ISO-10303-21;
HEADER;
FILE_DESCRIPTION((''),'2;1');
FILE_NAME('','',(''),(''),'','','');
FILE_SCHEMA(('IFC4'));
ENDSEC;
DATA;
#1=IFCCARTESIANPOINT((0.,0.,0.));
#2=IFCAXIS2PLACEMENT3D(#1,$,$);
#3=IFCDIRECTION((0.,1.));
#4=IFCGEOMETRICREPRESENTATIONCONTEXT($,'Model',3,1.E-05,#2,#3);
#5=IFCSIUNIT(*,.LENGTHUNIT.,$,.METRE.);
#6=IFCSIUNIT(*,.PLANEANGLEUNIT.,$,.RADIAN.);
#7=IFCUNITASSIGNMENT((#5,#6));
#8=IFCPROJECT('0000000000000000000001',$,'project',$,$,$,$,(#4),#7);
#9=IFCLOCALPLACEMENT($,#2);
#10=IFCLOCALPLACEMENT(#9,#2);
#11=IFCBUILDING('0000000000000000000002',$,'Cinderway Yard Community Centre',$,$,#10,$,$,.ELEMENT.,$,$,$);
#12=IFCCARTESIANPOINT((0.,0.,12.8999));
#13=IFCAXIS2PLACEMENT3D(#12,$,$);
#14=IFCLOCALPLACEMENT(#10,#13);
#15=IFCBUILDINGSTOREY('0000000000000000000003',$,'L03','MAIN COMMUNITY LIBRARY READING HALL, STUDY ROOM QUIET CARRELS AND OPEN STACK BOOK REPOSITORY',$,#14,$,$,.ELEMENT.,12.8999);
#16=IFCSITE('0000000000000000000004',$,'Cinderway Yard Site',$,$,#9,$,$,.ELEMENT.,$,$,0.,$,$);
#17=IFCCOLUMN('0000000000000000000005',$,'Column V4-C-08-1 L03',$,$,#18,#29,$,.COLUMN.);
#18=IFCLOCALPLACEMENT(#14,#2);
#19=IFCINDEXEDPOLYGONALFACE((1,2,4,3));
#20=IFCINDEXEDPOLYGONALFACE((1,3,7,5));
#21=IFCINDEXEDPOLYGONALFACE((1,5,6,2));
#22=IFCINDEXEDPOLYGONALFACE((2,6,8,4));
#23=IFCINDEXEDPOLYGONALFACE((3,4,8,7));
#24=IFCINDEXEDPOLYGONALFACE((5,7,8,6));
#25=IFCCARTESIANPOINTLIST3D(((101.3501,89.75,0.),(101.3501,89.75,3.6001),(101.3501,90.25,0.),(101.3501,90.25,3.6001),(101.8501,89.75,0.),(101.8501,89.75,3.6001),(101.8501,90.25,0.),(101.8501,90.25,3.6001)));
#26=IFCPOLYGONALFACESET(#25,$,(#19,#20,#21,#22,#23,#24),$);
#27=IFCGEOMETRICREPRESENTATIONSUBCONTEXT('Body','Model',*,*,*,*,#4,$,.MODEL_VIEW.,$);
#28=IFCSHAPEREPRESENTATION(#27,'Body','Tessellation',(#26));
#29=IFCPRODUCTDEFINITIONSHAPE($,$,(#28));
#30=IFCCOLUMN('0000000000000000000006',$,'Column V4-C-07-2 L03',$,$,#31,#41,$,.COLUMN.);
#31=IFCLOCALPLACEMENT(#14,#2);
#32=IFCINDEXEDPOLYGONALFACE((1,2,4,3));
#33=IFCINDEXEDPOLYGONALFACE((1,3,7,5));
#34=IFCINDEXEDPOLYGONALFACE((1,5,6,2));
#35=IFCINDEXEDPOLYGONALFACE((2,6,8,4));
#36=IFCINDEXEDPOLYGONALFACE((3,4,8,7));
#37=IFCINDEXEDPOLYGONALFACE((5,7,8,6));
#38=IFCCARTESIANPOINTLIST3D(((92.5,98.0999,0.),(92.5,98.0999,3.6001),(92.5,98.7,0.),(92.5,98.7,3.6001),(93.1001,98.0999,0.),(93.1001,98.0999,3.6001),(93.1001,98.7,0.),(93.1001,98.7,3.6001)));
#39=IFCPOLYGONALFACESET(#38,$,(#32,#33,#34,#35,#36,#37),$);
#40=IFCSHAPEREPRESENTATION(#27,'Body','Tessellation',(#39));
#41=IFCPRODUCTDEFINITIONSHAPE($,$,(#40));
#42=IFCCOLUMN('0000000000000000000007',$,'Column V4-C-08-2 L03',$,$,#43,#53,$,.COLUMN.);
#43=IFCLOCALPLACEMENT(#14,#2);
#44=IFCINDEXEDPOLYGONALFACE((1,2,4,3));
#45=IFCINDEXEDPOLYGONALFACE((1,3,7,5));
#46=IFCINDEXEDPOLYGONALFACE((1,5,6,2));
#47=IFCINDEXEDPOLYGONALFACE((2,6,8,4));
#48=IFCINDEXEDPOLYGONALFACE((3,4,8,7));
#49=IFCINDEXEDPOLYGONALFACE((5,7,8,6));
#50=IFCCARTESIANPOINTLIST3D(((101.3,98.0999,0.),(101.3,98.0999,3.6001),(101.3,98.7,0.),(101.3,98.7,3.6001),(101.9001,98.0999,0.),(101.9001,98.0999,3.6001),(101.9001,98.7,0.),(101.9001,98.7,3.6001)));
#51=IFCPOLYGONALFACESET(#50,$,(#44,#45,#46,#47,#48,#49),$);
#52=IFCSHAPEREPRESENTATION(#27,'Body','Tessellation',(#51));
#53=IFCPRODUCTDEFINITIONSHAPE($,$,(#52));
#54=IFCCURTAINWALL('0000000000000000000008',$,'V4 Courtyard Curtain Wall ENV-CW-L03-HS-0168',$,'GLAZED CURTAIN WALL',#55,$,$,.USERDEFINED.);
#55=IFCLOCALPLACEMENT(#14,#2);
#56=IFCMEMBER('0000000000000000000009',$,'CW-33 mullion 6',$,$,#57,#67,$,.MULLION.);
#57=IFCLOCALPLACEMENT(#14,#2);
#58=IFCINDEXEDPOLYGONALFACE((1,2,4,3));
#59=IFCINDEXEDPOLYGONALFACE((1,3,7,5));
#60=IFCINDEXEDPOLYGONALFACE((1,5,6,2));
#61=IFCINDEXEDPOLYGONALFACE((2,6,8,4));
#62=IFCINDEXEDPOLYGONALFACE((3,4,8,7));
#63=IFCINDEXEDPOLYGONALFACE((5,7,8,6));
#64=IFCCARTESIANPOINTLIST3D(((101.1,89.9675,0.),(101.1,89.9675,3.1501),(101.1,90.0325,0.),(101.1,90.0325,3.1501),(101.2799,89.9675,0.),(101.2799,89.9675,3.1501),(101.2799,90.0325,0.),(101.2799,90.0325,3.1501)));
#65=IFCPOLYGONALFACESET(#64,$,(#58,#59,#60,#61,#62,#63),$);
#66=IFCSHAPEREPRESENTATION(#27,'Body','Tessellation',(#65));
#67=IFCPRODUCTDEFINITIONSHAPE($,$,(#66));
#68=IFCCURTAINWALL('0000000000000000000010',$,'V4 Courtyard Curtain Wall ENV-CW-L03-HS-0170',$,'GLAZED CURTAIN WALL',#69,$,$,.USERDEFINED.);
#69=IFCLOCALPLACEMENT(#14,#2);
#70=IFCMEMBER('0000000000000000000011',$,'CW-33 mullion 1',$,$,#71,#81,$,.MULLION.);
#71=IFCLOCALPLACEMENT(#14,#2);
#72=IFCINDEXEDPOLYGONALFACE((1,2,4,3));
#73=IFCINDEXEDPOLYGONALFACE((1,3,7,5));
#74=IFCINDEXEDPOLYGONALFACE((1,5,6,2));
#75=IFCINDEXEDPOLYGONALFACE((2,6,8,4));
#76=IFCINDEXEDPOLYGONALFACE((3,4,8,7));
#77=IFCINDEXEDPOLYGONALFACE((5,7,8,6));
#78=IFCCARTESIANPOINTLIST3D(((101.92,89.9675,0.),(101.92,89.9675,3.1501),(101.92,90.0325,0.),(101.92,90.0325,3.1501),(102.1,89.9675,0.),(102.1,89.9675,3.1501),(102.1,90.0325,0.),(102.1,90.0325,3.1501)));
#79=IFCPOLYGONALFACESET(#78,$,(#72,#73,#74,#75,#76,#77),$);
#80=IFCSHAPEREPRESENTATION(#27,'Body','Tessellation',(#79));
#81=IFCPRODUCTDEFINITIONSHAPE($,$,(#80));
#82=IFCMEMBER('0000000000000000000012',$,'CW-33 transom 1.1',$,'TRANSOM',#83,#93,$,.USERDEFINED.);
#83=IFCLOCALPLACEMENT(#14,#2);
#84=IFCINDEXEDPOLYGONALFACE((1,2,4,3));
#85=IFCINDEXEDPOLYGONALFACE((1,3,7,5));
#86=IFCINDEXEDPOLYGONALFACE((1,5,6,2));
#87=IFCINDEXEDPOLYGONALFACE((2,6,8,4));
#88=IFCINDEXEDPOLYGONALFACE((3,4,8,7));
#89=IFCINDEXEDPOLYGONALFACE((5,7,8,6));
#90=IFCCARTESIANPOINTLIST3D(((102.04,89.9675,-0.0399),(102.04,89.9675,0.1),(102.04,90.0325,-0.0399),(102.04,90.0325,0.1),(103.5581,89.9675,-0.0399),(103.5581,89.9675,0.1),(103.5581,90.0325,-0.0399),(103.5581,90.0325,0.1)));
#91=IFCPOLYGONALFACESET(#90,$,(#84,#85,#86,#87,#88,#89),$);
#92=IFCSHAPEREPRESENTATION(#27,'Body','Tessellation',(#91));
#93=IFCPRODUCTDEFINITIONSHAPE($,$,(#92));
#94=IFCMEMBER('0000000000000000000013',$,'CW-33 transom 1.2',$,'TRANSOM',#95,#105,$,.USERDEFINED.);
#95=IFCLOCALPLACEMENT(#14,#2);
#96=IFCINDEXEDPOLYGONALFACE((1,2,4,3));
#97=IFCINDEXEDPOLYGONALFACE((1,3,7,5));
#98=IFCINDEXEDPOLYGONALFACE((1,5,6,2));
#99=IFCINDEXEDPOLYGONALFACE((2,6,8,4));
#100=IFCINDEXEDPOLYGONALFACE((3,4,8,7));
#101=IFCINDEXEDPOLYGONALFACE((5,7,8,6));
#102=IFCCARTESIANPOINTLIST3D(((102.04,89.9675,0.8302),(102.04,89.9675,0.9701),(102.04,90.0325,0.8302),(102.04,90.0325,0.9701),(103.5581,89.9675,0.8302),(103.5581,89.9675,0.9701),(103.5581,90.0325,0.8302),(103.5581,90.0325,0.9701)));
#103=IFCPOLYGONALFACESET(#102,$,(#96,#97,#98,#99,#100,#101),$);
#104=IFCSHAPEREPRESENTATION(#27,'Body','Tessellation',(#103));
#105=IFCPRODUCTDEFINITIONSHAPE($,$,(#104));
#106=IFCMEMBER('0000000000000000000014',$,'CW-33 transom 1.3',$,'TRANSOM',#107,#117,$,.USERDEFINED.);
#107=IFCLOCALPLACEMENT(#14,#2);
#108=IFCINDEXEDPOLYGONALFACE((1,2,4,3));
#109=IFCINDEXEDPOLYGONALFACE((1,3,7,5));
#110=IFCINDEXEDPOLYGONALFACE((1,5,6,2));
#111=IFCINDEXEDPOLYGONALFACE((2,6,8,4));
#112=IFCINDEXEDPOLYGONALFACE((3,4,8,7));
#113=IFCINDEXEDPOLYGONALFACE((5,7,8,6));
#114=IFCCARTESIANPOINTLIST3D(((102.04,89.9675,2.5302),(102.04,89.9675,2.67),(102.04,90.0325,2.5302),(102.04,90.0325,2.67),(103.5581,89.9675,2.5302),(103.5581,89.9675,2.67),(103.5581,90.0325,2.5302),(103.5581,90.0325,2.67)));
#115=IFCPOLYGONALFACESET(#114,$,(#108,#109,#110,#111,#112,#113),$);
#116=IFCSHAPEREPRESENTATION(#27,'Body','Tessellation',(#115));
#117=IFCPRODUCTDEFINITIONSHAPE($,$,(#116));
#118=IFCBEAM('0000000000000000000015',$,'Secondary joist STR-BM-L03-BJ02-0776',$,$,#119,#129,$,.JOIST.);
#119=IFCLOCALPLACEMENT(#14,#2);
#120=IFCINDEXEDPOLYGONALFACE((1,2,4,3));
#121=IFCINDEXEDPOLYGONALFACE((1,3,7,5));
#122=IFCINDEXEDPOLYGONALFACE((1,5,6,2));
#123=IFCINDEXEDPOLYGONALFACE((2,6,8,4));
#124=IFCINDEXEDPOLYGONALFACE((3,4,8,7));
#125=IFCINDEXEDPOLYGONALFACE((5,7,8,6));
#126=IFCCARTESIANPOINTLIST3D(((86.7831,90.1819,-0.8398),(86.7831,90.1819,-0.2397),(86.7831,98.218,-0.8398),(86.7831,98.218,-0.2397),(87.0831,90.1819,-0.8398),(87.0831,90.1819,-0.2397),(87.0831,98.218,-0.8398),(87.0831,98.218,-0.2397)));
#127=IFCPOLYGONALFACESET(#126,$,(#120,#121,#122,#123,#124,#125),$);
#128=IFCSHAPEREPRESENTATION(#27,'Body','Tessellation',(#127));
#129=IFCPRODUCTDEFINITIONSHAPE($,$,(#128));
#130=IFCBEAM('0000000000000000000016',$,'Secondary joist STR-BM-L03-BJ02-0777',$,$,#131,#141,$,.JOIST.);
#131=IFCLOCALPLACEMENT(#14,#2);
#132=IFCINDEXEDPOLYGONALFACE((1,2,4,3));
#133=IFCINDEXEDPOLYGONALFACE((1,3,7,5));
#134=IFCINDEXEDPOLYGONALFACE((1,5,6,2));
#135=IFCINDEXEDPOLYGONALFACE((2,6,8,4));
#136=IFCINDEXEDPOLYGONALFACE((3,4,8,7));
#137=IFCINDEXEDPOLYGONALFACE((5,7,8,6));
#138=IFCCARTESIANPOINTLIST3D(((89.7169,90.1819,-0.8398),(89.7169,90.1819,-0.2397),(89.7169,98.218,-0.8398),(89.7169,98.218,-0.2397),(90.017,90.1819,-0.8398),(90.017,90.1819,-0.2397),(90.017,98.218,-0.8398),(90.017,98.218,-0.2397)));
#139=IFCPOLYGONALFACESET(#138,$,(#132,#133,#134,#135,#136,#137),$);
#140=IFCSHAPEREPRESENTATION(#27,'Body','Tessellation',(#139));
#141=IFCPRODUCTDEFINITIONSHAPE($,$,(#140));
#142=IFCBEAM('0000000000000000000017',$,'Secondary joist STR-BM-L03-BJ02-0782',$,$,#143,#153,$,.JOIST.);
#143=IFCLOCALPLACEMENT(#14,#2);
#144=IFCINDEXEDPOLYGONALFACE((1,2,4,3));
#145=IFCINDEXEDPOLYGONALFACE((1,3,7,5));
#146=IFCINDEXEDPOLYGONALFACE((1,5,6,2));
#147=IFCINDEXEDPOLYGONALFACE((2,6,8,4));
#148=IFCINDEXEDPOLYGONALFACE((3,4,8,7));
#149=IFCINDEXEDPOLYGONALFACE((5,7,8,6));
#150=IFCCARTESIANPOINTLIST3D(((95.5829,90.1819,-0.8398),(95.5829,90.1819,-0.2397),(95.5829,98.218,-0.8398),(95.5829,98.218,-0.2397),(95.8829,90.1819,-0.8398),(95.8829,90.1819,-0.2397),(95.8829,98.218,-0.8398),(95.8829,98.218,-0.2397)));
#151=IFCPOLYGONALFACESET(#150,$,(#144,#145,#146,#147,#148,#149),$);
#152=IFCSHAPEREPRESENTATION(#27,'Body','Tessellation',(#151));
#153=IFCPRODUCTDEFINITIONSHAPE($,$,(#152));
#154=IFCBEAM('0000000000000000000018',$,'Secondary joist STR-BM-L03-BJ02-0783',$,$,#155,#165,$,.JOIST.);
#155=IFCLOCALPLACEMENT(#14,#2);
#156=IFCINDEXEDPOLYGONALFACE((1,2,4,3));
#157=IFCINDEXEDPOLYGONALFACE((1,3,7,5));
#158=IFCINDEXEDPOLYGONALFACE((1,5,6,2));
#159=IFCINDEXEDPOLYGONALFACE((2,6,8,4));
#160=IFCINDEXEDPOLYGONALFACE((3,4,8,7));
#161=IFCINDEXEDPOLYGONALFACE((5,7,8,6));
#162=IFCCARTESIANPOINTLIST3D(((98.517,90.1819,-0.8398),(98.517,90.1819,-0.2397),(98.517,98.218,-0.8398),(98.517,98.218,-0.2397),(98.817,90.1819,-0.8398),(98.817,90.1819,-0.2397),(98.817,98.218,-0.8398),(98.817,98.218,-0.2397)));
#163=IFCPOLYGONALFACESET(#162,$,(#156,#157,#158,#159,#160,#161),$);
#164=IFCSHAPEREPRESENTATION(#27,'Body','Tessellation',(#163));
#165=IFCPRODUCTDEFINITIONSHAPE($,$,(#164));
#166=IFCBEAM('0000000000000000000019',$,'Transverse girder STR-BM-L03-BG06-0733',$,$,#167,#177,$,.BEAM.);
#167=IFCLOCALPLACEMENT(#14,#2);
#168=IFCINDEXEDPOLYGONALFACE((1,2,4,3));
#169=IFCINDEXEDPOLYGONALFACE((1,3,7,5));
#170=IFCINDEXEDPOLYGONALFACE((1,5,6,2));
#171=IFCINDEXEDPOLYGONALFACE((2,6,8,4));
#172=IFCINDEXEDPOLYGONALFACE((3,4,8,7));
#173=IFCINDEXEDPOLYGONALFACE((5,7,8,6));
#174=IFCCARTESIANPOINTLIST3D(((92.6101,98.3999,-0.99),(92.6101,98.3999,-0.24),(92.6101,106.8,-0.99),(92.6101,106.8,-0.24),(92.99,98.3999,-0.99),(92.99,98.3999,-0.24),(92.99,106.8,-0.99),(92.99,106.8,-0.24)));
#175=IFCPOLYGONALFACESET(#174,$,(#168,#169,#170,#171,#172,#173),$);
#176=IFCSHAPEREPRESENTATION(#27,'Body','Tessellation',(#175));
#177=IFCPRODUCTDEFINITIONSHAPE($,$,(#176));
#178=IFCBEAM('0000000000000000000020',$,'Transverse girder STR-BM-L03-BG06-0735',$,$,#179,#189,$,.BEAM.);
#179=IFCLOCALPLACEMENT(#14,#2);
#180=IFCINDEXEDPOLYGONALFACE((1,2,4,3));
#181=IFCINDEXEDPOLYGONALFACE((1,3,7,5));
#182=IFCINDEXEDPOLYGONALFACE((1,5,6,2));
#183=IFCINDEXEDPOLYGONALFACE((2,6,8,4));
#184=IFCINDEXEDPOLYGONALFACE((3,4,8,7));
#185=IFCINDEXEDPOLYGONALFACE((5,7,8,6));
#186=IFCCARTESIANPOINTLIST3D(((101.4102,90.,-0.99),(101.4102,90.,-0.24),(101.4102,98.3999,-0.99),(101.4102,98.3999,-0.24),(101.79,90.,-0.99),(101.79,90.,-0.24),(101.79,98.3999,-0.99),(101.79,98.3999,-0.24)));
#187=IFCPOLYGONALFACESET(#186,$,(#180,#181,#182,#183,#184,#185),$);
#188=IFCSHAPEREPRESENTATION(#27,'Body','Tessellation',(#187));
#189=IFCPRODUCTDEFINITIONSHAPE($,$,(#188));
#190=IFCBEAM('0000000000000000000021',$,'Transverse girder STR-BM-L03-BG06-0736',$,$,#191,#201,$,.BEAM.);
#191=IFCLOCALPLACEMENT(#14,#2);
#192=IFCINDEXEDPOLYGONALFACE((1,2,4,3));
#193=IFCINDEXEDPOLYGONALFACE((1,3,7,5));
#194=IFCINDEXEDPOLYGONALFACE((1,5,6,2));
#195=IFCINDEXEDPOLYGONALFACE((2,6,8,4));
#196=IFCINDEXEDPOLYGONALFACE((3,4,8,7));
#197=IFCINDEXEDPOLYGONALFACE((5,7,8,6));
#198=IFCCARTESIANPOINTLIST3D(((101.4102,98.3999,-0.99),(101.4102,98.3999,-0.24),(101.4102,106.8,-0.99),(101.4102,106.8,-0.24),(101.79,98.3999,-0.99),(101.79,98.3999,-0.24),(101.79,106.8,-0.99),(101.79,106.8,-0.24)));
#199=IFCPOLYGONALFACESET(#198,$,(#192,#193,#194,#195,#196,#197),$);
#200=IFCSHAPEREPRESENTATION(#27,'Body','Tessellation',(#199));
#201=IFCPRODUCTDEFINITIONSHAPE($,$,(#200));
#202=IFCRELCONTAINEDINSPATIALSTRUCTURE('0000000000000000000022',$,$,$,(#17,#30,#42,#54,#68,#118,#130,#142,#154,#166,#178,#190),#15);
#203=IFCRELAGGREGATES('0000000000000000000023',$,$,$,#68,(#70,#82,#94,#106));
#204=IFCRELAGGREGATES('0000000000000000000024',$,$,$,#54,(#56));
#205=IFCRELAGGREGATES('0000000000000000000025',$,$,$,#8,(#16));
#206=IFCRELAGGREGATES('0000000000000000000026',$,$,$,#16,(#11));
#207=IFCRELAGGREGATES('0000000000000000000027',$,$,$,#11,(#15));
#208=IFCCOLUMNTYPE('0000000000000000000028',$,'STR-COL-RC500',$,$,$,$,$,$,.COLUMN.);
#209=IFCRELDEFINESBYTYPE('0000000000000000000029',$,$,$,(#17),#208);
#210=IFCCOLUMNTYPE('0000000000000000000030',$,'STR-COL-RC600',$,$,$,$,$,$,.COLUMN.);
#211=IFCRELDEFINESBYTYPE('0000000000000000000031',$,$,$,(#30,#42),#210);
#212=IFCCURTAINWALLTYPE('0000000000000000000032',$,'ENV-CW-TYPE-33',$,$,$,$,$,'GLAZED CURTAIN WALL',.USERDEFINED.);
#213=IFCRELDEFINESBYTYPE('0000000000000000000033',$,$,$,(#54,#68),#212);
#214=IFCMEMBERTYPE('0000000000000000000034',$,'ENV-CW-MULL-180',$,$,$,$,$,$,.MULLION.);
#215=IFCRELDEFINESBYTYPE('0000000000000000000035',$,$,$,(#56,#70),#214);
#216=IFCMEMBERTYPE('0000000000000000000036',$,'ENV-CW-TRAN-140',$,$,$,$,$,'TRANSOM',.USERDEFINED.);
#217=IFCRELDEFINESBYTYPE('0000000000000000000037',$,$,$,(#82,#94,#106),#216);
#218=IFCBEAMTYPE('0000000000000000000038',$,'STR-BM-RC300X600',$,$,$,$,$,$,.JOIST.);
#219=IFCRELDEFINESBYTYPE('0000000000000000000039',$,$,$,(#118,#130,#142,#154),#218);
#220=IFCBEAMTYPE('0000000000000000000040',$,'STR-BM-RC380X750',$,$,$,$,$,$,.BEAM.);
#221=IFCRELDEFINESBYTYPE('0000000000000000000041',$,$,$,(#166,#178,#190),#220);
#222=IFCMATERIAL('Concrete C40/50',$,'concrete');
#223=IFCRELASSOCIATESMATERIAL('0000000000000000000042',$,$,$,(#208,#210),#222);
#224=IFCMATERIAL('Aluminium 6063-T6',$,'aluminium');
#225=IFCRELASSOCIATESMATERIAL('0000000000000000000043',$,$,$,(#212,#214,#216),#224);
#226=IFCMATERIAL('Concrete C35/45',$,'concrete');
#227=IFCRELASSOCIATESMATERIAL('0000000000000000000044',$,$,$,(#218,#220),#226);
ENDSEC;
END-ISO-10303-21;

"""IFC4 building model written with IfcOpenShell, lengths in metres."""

from ifc_helpers import new_model, si_unit, direction, frame, origin, origin_2d, place, context, subcontext, project, spatial, rectangle, extrude, material, material_profile, profile_set, type_object, element, aggregate, save


model = new_model("IFC4")

# Units and contexts
model_context = context("Model", 3, precision=1e-05, world=origin(), true_north=direction((0.0, 1.0)))
body_context = subcontext(model_context, "Body", "Model", "MODEL_VIEW")
ifc_project = project(units=[si_unit("LENGTHUNIT", "METRE"), si_unit("PLANEANGLEUNIT", "RADIAN")], contexts=[model_context])

# Site, building, storey
site_placement = place(None, origin())
site = spatial("IfcSite", under=ifc_project, at=site_placement, Name="Cinderway Yard Site", CompositionType="ELEMENT", RefElevation=0.0)
building_placement = place(site_placement, origin())
building = spatial("IfcBuilding", under=site, at=building_placement, Name="Cinderway Yard Community Centre", CompositionType="ELEMENT")
storey_placement = place(building_placement, frame((0.0, 0.0, 12.8999)))
storey = spatial("IfcBuildingStorey", under=building, at=storey_placement, Name="L03", Description="MAIN COMMUNITY LIBRARY READING HALL, STUDY ROOM QUIET CARRELS AND OPEN STACK BOOK REPOSITORY", CompositionType="ELEMENT", Elevation=12.8999)

# Columns
ifc_material_1 = material(Name="Concrete C40/50", Category="concrete")
ifc_material_profile_1 = material_profile(ifc_material_1, rectangle(XDim=0.5, YDim=0.5, at=origin_2d()), Name="Concrete C40/50")
ifc_profile_set_1 = profile_set([ifc_material_profile_1], Name="Concrete C40/50")
column_type_1 = type_object("IfcColumnType", Name="STR-COL-RC500", PredefinedType="COLUMN", material=ifc_profile_set_1)
column_placement = place(storey_placement, frame((101.6001, 90.0, 0.0), z_axis=(0.0, 0.0, 1.0), x_axis=(1.0, 0.0, 0.0)))
element("IfcColumn", 1, at=column_placement, inside=storey, type_object=column_type_1, Name="Column V4-C-08-1 L03", PredefinedType="COLUMN", context=body_context, shape_type="SweptSolid", body=[
    extrude(rectangle(XDim=0.5, YDim=0.5, at=origin_2d()), origin(), (0.0, 0.0, 1.0), 3.6001),
])
ifc_material_profile_2 = material_profile(ifc_material_1, rectangle(XDim=0.6001, YDim=0.6001, at=origin_2d()), Name="Concrete C40/50")
ifc_profile_set_2 = profile_set([ifc_material_profile_2], Name="Concrete C40/50")
column_type_2 = type_object("IfcColumnType", Name="STR-COL-RC600", PredefinedType="COLUMN", material=ifc_profile_set_2)
for number, where, z_axis, x_axis, name in (
    (2, (92.8, 98.3999, 0.0), (0.0, 0.0, 1.0), (1.0, 0.0, 0.0), "Column V4-C-07-2 L03"),
    (3, (101.6001, 98.3999, 0.0), (0.0, 0.0, 1.0), (1.0, 0.0, 0.0), "Column V4-C-08-2 L03"),
):
    element("IfcColumn", number, at=place(storey_placement, frame(where, z_axis=z_axis, x_axis=x_axis)), inside=storey, type_object=column_type_2, Name=name, PredefinedType="COLUMN", context=body_context, shape_type="SweptSolid", body=[
        extrude(rectangle(XDim=0.6001, YDim=0.6001, at=origin_2d()), origin(), (0.0, 0.0, 1.0), 3.6001),
    ])

# Curtain wall, member
ifc_material_2 = material(Name="Aluminium 6063-T6", Category="aluminium")
curtain_wall_type = type_object("IfcCurtainWallType", Name="ENV-CW-TYPE-33", ElementType="GLAZED CURTAIN WALL", PredefinedType="USERDEFINED", material=ifc_material_2)
curtain_wall_1_placement = place(storey_placement, origin())
curtain_wall_1 = element("IfcCurtainWall", 4, at=curtain_wall_1_placement, inside=storey, type_object=curtain_wall_type, Name="V4 Courtyard Curtain Wall ENV-CW-L03-HS-0168", ObjectType="GLAZED CURTAIN WALL", PredefinedType="USERDEFINED")
ifc_material_profile_3 = material_profile(ifc_material_2, rectangle(XDim=0.0649, YDim=0.1799, at=origin_2d()), Name="Aluminium 6063-T6")
ifc_profile_set_3 = profile_set([ifc_material_profile_3], Name="Aluminium 6063-T6")
member_type_1 = type_object("IfcMemberType", Name="ENV-CW-MULL-180", PredefinedType="MULLION", material=ifc_profile_set_3)
member_1_placement = place(storey_placement, frame((101.1899, 90.0, 0.0), z_axis=(0.0, 0.0, 1.0), x_axis=(0.0, 1.0, 0.0)))
member_1 = element("IfcMember", 5, at=member_1_placement, type_object=member_type_1, Name="CW-33 mullion 6", PredefinedType="MULLION", context=body_context, shape_type="SweptSolid", body=[
    extrude(rectangle(XDim=0.0649, YDim=0.1799, at=origin_2d()), origin(), (0.0, 0.0, 1.0), 3.1501),
])

# Curtain wall, members
curtain_wall_2_placement = place(storey_placement, origin())
curtain_wall_2 = element("IfcCurtainWall", 6, at=curtain_wall_2_placement, inside=storey, type_object=curtain_wall_type, Name="V4 Courtyard Curtain Wall ENV-CW-L03-HS-0170", ObjectType="GLAZED CURTAIN WALL", PredefinedType="USERDEFINED")
member_2_placement = place(storey_placement, frame((102.01, 90.0, 0.0), z_axis=(0.0, 0.0, 1.0), x_axis=(0.0, 1.0, 0.0)))
member_2 = element("IfcMember", 7, at=member_2_placement, type_object=member_type_1, Name="CW-33 mullion 1", PredefinedType="MULLION", context=body_context, shape_type="SweptSolid", body=[
    extrude(rectangle(XDim=0.0649, YDim=0.1799, at=origin_2d()), origin(), (0.0, 0.0, 1.0), 3.1501),
])
ifc_material_profile_4 = material_profile(ifc_material_2, rectangle(XDim=0.0649, YDim=0.1399, at=origin_2d()), Name="Aluminium 6063-T6")
ifc_profile_set_4 = profile_set([ifc_material_profile_4], Name="Aluminium 6063-T6")
member_type_2 = type_object("IfcMemberType", Name="ENV-CW-TRAN-140", ElementType="TRANSOM", PredefinedType="USERDEFINED", material=ifc_profile_set_4)
member_3_placement = place(storey_placement, frame((102.04, 90.0, 0.03), z_axis=(1.0, 0.0, 0.0), x_axis=(0.0, 1.0, 0.0)))
member_3 = element("IfcMember", 8, at=member_3_placement, type_object=member_type_2, Name="CW-33 transom 1.1", ObjectType="TRANSOM", PredefinedType="USERDEFINED", context=body_context, shape_type="SweptSolid", body=[
    extrude(rectangle(XDim=0.0649, YDim=0.1399, at=origin_2d()), origin(), (0.0, 0.0, 1.0), 1.5181),
])
member_4_placement = place(storey_placement, frame((102.04, 90.0, 0.9001), z_axis=(1.0, 0.0, 0.0), x_axis=(0.0, 1.0, 0.0)))
member_4 = element("IfcMember", 9, at=member_4_placement, type_object=member_type_2, Name="CW-33 transom 1.2", ObjectType="TRANSOM", PredefinedType="USERDEFINED", context=body_context, shape_type="SweptSolid", body=[
    extrude(rectangle(XDim=0.0649, YDim=0.1399, at=origin_2d()), origin(), (0.0, 0.0, 1.0), 1.5181),
])
member_5_placement = place(storey_placement, frame((102.04, 90.0, 2.6001), z_axis=(1.0, 0.0, 0.0), x_axis=(0.0, 1.0, 0.0)))
member_5 = element("IfcMember", 10, at=member_5_placement, type_object=member_type_2, Name="CW-33 transom 1.3", ObjectType="TRANSOM", PredefinedType="USERDEFINED", context=body_context, shape_type="SweptSolid", body=[
    extrude(rectangle(XDim=0.0649, YDim=0.1399, at=origin_2d()), origin(), (0.0, 0.0, 1.0), 1.5181),
])
aggregate(curtain_wall_2, [member_2, member_3, member_4, member_5])

# Beams
ifc_material_3 = material(Name="Concrete C35/45", Category="concrete")
ifc_material_profile_5 = material_profile(ifc_material_3, rectangle(XDim=0.3, YDim=0.6001, at=origin_2d()), Name="Concrete C35/45")
ifc_profile_set_5 = profile_set([ifc_material_profile_5], Name="Concrete C35/45")
beam_type_1 = type_object("IfcBeamType", Name="STR-BM-RC300X600", PredefinedType="JOIST", material=ifc_profile_set_5)
for number, where, z_axis, x_axis, name in (
    (11, (86.9331, 90.1819, -0.5398), (0.0, 1.0, 0.0), (-1.0, 0.0, 0.0), "Secondary joist STR-BM-L03-BJ02-0776"),
    (12, (89.8669, 90.1819, -0.5398), (0.0, 1.0, 0.0), (-1.0, 0.0, 0.0), "Secondary joist STR-BM-L03-BJ02-0777"),
    (13, (95.7329, 90.1819, -0.5398), (0.0, 1.0, 0.0), (-1.0, 0.0, 0.0), "Secondary joist STR-BM-L03-BJ02-0782"),
    (14, (98.667, 90.1819, -0.5398), (0.0, 1.0, 0.0), (-1.0, 0.0, 0.0), "Secondary joist STR-BM-L03-BJ02-0783"),
):
    element("IfcBeam", number, at=place(storey_placement, frame(where, z_axis=z_axis, x_axis=x_axis)), inside=storey, type_object=beam_type_1, Name=name, PredefinedType="JOIST", context=body_context, shape_type="SweptSolid", body=[
        extrude(rectangle(XDim=0.3, YDim=0.6001, at=origin_2d()), origin(), (0.0, 0.0, 1.0), 8.0361),
    ])
ifc_material_profile_6 = material_profile(ifc_material_3, rectangle(XDim=0.3799, YDim=0.75, at=origin_2d()), Name="Concrete C35/45")
ifc_profile_set_6 = profile_set([ifc_material_profile_6], Name="Concrete C35/45")
beam_type_2 = type_object("IfcBeamType", Name="STR-BM-RC380X750", PredefinedType="BEAM", material=ifc_profile_set_6)
beam_1_placement = place(storey_placement, frame((92.8, 98.3999, -0.615), z_axis=(0.0, 1.0, 0.0), x_axis=(-1.0, 0.0, 0.0)))
element("IfcBeam", 15, at=beam_1_placement, inside=storey, type_object=beam_type_2, Name="Transverse girder STR-BM-L03-BG06-0733", PredefinedType="BEAM", context=body_context, shape_type="SweptSolid", body=[
    extrude(rectangle(XDim=0.3799, YDim=0.75, at=origin_2d()), origin(), (0.0, 0.0, 1.0), 8.4001),
])
beam_2_placement = place(storey_placement, frame((101.6001, 90.0, -0.615), z_axis=(0.0, 1.0, 0.0), x_axis=(-1.0, 0.0, 0.0)))
element("IfcBeam", 16, at=beam_2_placement, inside=storey, type_object=beam_type_2, Name="Transverse girder STR-BM-L03-BG06-0735", PredefinedType="BEAM", context=body_context, shape_type="SweptSolid", body=[
    extrude(rectangle(XDim=0.3799, YDim=0.75, at=origin_2d()), origin(), (0.0, 0.0, 1.0), 8.3999),
])
beam_3_placement = place(storey_placement, frame((101.6001, 98.3999, -0.615), z_axis=(0.0, 1.0, 0.0), x_axis=(-1.0, 0.0, 0.0)))
element("IfcBeam", 17, at=beam_3_placement, inside=storey, type_object=beam_type_2, Name="Transverse girder STR-BM-L03-BG06-0736", PredefinedType="BEAM", context=body_context, shape_type="SweptSolid", body=[
    extrude(rectangle(XDim=0.3799, YDim=0.75, at=origin_2d()), origin(), (0.0, 0.0, 1.0), 8.4001),
])

aggregate(curtain_wall_1, [member_1])

save(model, "model.ifc")
